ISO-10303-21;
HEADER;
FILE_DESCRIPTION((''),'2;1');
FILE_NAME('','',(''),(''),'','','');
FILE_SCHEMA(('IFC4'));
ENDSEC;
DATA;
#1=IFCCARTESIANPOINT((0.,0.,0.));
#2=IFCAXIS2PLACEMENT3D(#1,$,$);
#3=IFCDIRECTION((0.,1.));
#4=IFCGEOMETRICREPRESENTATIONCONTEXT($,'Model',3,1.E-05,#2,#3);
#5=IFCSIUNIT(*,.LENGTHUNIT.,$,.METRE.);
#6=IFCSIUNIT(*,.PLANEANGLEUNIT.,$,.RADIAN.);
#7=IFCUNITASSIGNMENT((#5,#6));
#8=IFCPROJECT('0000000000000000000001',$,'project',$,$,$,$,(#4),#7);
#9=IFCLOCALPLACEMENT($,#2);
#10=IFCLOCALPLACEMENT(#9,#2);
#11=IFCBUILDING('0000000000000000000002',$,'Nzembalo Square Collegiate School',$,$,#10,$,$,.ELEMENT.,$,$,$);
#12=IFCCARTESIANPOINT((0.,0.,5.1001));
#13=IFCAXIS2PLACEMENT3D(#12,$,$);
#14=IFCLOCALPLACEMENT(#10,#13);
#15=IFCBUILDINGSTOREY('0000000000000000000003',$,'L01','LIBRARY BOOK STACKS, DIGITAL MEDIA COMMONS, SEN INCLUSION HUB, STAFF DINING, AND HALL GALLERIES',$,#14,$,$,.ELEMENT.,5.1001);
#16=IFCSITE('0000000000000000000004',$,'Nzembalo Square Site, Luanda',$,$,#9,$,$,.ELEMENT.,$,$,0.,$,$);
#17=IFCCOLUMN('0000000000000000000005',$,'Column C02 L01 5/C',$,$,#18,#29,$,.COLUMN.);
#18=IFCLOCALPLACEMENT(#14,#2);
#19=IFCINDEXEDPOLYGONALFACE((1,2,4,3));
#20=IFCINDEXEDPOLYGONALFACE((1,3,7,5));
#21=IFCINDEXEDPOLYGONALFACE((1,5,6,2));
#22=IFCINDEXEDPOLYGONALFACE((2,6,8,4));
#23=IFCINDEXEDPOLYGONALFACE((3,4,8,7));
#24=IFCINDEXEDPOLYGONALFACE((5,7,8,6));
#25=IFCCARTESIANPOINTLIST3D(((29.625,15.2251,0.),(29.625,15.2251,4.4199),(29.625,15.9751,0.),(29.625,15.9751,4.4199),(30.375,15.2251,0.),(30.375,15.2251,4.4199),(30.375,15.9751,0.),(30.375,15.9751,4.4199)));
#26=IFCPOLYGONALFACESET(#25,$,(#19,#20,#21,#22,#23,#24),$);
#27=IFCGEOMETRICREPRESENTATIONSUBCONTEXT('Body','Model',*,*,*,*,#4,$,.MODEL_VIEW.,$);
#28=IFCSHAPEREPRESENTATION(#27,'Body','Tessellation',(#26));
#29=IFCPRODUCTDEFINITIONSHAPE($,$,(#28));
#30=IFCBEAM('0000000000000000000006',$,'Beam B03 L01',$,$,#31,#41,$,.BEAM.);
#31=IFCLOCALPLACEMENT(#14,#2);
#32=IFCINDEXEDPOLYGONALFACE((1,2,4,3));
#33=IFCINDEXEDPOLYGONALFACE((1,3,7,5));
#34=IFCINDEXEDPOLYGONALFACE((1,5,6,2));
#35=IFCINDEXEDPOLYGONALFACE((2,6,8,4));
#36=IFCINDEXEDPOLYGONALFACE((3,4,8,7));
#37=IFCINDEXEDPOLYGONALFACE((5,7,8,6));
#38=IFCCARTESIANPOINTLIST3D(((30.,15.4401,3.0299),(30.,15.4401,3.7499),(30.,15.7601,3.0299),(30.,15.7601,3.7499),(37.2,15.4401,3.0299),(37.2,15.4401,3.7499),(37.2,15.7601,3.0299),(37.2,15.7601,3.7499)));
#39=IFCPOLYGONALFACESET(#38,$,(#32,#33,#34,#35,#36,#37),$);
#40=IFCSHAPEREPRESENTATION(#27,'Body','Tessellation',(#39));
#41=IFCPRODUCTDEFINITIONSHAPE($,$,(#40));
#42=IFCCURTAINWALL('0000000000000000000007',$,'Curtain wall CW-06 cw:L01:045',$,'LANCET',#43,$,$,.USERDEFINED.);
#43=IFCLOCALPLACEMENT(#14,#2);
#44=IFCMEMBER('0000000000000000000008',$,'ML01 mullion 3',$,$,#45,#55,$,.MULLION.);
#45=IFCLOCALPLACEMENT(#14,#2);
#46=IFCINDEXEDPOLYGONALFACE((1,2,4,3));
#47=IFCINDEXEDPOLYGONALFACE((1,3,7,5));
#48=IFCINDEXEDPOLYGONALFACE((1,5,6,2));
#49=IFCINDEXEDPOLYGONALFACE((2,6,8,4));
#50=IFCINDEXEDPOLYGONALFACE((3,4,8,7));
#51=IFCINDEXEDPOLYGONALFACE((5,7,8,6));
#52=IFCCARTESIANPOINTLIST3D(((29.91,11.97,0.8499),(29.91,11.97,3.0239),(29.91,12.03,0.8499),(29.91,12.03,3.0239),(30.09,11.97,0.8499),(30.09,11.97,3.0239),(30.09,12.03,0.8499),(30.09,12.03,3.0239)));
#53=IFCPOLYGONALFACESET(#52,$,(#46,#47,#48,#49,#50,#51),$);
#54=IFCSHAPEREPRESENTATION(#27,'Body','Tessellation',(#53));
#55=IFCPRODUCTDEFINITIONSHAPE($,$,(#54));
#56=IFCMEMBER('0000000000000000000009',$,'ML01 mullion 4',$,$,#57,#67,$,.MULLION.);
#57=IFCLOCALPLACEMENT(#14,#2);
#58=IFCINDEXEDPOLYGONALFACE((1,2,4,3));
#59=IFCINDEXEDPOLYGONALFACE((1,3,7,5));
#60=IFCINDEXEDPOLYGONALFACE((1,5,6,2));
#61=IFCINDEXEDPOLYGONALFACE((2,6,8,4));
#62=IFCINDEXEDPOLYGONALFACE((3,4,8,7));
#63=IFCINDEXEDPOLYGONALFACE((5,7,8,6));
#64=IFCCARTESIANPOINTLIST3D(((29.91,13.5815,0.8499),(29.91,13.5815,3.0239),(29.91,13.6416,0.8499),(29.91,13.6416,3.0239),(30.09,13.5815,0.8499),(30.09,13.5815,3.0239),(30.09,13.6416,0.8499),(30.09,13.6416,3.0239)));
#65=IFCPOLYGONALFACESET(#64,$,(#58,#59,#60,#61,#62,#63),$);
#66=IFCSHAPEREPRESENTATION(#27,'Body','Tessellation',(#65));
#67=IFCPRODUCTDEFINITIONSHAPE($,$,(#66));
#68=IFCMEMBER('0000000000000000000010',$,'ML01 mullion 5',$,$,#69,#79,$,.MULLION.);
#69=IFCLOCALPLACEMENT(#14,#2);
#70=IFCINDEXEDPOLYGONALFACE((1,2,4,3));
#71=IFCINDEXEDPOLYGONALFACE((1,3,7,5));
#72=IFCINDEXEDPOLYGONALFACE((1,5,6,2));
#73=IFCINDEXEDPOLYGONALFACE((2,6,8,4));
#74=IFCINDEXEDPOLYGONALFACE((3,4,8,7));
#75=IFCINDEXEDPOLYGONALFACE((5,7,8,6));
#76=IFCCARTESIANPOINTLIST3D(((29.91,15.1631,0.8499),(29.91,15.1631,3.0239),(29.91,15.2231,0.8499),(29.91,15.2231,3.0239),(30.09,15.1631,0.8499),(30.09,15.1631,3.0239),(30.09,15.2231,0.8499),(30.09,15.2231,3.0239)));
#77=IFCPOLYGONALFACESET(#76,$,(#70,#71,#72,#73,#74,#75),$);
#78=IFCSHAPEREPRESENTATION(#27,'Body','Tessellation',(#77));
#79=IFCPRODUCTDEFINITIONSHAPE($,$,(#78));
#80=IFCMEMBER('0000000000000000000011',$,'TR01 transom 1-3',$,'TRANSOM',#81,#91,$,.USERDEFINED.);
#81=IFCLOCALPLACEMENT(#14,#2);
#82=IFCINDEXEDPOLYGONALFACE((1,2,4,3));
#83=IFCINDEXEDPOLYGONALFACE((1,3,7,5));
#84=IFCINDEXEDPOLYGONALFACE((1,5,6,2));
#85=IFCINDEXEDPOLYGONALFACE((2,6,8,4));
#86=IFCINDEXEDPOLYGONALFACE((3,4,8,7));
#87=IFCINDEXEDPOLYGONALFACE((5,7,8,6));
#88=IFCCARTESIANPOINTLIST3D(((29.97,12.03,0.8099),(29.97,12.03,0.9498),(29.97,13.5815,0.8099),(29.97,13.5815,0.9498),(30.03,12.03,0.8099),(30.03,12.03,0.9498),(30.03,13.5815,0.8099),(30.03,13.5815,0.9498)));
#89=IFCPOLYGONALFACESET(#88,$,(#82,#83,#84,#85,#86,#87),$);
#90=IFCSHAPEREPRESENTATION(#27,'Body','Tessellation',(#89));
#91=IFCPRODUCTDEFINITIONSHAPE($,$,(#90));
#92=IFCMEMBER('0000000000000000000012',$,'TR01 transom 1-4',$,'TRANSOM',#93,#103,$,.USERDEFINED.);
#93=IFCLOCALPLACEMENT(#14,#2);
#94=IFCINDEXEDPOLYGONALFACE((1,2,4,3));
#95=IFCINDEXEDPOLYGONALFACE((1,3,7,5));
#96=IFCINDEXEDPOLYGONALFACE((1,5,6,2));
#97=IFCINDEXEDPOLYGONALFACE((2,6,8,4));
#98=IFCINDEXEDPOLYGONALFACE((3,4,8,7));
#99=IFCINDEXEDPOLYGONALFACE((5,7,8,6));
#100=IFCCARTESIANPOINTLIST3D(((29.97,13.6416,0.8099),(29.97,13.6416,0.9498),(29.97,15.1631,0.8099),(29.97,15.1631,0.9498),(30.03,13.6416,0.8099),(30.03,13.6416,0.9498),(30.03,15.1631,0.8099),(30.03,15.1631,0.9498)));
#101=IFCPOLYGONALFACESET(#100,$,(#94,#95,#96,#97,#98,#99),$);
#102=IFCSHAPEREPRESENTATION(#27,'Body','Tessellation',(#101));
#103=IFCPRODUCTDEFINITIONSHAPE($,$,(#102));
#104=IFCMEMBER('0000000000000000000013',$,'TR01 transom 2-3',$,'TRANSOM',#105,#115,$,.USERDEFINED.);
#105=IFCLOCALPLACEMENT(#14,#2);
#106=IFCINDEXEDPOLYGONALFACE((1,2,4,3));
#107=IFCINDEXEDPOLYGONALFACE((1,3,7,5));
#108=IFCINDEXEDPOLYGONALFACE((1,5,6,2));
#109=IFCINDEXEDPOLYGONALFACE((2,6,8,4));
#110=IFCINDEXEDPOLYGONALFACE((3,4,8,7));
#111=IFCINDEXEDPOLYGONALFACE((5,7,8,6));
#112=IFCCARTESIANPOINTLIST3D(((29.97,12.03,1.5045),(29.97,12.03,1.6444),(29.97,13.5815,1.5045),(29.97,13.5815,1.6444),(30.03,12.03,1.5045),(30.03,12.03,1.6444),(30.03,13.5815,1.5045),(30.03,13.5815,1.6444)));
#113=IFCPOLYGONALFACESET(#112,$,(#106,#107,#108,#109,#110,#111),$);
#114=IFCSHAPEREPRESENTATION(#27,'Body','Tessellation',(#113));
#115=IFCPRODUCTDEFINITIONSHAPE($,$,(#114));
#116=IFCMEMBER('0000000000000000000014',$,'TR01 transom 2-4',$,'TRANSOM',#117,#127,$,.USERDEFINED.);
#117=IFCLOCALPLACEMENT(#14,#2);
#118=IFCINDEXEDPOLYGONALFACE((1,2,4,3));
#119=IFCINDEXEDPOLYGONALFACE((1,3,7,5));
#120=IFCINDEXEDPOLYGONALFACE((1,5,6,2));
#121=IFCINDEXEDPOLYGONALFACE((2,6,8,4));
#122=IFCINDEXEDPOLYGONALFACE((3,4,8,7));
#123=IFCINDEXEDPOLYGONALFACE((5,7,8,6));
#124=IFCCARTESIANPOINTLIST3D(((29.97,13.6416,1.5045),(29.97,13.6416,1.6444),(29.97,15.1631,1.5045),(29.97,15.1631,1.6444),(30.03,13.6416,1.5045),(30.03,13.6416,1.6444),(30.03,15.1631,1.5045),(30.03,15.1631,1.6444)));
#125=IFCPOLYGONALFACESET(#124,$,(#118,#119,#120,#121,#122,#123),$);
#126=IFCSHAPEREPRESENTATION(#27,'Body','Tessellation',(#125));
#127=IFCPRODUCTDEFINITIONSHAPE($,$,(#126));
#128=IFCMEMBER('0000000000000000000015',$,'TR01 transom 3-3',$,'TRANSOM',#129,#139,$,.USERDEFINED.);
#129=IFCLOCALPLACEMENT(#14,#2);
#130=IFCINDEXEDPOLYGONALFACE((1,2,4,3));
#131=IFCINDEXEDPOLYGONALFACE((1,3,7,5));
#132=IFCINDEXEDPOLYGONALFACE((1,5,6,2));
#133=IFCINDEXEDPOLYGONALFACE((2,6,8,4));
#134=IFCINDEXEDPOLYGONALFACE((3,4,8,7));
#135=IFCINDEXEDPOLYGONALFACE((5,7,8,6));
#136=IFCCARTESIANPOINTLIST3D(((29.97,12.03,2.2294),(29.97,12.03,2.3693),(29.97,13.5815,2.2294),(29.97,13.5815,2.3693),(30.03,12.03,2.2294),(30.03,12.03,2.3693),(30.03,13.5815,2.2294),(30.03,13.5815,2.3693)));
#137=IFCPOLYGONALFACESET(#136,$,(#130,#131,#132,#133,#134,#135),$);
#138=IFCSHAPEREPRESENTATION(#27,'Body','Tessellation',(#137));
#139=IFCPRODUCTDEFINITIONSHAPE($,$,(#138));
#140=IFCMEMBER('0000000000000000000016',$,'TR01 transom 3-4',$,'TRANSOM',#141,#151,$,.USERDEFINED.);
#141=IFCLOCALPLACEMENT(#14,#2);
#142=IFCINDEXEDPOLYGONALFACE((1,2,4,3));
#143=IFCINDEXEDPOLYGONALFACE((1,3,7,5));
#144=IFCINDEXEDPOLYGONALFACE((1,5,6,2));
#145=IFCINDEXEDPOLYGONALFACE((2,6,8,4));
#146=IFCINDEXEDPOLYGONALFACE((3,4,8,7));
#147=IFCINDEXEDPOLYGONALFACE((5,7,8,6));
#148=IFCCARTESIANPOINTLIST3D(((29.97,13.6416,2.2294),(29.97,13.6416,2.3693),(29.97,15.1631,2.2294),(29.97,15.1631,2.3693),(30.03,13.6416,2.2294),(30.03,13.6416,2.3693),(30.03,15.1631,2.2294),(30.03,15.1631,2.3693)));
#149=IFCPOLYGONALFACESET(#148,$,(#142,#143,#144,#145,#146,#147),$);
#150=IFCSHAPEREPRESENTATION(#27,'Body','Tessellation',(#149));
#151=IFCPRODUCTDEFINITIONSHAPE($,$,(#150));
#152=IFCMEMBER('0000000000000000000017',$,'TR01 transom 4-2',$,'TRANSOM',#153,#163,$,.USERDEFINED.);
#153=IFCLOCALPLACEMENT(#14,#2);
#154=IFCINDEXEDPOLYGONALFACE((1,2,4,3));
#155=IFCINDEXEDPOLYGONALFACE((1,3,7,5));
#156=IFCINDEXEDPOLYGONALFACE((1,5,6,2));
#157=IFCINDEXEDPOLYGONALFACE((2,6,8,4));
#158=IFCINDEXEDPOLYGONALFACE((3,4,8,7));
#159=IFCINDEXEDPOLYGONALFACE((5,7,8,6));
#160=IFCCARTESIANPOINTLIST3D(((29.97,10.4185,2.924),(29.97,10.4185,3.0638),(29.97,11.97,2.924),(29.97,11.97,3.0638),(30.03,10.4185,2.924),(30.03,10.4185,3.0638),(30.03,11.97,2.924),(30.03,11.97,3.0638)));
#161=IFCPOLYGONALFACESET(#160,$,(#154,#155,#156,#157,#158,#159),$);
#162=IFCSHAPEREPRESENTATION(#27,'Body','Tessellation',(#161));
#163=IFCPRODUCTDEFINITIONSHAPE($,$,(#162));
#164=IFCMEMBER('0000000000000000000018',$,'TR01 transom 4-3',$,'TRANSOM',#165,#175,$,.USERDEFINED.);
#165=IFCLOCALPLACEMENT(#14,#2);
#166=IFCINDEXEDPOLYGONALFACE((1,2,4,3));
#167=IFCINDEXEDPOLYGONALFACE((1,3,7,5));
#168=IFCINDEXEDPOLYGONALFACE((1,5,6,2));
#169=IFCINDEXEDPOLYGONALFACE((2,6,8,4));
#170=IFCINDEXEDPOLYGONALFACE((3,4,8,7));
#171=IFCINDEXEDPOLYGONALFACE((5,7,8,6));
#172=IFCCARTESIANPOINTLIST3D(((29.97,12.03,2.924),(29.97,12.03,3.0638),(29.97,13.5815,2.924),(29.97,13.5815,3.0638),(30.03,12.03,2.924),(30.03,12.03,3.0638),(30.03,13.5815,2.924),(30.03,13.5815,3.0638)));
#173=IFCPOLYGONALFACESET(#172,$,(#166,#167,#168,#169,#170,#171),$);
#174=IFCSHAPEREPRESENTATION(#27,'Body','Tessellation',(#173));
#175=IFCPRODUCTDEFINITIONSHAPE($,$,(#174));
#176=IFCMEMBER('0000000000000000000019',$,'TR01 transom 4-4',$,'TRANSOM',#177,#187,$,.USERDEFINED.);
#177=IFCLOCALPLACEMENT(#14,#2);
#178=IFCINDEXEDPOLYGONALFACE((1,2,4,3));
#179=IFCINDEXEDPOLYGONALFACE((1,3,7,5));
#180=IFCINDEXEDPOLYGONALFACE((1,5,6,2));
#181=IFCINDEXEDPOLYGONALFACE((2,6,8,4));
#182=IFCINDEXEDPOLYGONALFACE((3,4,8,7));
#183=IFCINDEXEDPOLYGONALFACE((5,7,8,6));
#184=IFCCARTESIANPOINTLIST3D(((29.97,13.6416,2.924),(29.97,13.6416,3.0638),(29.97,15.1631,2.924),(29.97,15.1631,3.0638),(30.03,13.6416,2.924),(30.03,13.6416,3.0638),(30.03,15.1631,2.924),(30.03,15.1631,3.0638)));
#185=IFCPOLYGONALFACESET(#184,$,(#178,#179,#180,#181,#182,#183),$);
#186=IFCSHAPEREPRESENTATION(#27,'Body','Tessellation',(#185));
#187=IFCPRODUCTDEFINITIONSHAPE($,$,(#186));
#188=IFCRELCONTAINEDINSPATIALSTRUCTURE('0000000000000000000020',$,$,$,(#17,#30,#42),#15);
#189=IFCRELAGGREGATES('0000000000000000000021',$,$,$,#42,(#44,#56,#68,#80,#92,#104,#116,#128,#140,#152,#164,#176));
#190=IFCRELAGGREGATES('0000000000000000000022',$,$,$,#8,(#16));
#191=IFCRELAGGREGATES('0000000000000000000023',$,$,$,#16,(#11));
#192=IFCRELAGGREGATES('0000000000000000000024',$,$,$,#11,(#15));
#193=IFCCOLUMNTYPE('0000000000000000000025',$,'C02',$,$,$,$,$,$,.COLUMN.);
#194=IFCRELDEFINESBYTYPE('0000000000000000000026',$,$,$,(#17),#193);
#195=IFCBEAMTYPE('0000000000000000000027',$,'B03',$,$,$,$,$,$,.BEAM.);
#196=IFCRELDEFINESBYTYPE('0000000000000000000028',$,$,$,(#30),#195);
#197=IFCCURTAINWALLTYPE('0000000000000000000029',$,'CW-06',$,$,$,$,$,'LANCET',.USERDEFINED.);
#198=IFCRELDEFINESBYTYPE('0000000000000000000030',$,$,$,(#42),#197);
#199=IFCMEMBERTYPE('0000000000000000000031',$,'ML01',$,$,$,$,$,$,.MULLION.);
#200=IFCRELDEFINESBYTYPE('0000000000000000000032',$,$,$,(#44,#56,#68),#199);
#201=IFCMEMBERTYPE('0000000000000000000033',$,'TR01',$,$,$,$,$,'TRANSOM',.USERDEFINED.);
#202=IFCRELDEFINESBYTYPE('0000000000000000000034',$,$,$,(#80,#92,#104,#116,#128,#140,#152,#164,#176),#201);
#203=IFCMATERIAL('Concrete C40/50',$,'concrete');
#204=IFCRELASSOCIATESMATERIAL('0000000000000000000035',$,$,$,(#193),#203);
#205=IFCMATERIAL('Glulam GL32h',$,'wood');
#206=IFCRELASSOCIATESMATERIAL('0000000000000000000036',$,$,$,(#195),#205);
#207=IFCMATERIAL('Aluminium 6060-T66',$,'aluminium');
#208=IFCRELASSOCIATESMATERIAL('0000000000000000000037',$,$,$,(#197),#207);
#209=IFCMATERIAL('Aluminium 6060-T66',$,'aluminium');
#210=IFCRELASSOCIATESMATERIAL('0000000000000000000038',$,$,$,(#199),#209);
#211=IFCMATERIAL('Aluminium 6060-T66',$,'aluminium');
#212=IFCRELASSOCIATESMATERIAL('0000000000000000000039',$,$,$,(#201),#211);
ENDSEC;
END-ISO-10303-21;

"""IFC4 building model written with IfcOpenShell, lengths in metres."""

from ifc_helpers import new_model, si_unit, direction, frame, origin, origin_2d, place, context, subcontext, project, spatial, rectangle, extrude, material, material_profile, profile_set, type_object, element, aggregate, save


model = new_model("IFC4")

# Units and contexts
model_context = context("Model", 3, precision=1e-05, world=origin(), true_north=direction((0.0, 1.0)))
body_context = subcontext(model_context, "Body", "Model", "MODEL_VIEW")
ifc_project = project(units=[si_unit("LENGTHUNIT", "METRE"), si_unit("PLANEANGLEUNIT", "RADIAN")], contexts=[model_context])

# Site, building, storey
site_placement = place(None, origin())
site = spatial("IfcSite", under=ifc_project, at=site_placement, Name="Nzembalo Square Site, Luanda", CompositionType="ELEMENT", RefElevation=0.0)
building_placement = place(site_placement, origin())
building = spatial("IfcBuilding", under=site, at=building_placement, Name="Nzembalo Square Collegiate School", CompositionType="ELEMENT")
storey_placement = place(building_placement, frame((0.0, 0.0, 5.1001)))
storey = spatial("IfcBuildingStorey", under=building, at=storey_placement, Name="L01", Description="LIBRARY BOOK STACKS, DIGITAL MEDIA COMMONS, SEN INCLUSION HUB, STAFF DINING, AND HALL GALLERIES", CompositionType="ELEMENT", Elevation=5.1001)

# Column
ifc_material_1 = material(Name="Concrete C40/50", Category="concrete")
ifc_material_profile_1 = material_profile(ifc_material_1, rectangle(XDim=0.75, YDim=0.75, at=origin_2d()), Name="RC 750x750")
ifc_profile_set_1 = profile_set([ifc_material_profile_1], Name="Concrete C40/50")
column_type = type_object("IfcColumnType", Name="C02", PredefinedType="COLUMN", material=ifc_profile_set_1)
column_placement = place(storey_placement, frame((30.0, 15.6001, 0.0), z_axis=(0.0, 0.0, 1.0), x_axis=(1.0, 0.0, 0.0)))
element("IfcColumn", 1, at=column_placement, inside=storey, type_object=column_type, Name="Column C02 L01 5/C", PredefinedType="COLUMN", context=body_context, shape_type="SweptSolid", body=[
    extrude(rectangle(XDim=0.75, YDim=0.75, at=origin_2d()), origin(), (0.0, 0.0, 1.0), 4.4199),
])

# Beam
ifc_material_2 = material(Name="Glulam GL32h", Category="wood")
ifc_material_profile_2 = material_profile(ifc_material_2, rectangle(XDim=0.3201, YDim=0.72, at=origin_2d()), Name="GL32h 320x720")
ifc_profile_set_2 = profile_set([ifc_material_profile_2], Name="Glulam GL32h")
beam_type = type_object("IfcBeamType", Name="B03", PredefinedType="BEAM", material=ifc_profile_set_2)
beam_placement = place(storey_placement, frame((30.0, 15.6001, 3.3899), z_axis=(1.0, 0.0, 0.0), x_axis=(0.0, 1.0, 0.0)))
element("IfcBeam", 2, at=beam_placement, inside=storey, type_object=beam_type, Name="Beam B03 L01", PredefinedType="BEAM", context=body_context, shape_type="SweptSolid", body=[
    extrude(rectangle(XDim=0.3201, YDim=0.72, at=origin_2d()), origin(), (0.0, 0.0, 1.0), 7.2),
])

# Curtain wall, members
ifc_material_3 = material(Name="Aluminium 6060-T66", Category="aluminium")
curtain_wall_type = type_object("IfcCurtainWallType", Name="CW-06", ElementType="LANCET", PredefinedType="USERDEFINED", material=ifc_material_3)
curtain_wall_placement = place(storey_placement, origin())
curtain_wall = element("IfcCurtainWall", 3, at=curtain_wall_placement, inside=storey, type_object=curtain_wall_type, Name="Curtain wall CW-06 cw:L01:045", ObjectType="LANCET", PredefinedType="USERDEFINED")
ifc_material_4 = material(Name="Aluminium 6060-T66", Category="aluminium")
ifc_material_profile_3 = material_profile(ifc_material_4, rectangle(XDim=0.0601, YDim=0.1799, at=origin_2d()), Name="ALU M60x180")
ifc_profile_set_3 = profile_set([ifc_material_profile_3], Name="Aluminium 6060-T66")
member_type_1 = type_object("IfcMemberType", Name="ML01", PredefinedType="MULLION", material=ifc_profile_set_3)
member_1_placement = place(storey_placement, frame((30.0, 12.0, 0.8499), z_axis=(0.0, 0.0, 1.0), x_axis=(0.0, 1.0, 0.0)))
member_1 = element("IfcMember", 4, at=member_1_placement, type_object=member_type_1, Name="ML01 mullion 3", PredefinedType="MULLION", context=body_context, shape_type="SweptSolid", body=[
    extrude(rectangle(XDim=0.0601, YDim=0.1799, at=origin_2d()), origin(), (0.0, 0.0, 1.0), 2.1741),
])
member_2_placement = place(storey_placement, frame((30.0, 13.6116, 0.8499), z_axis=(0.0, 0.0, 1.0), x_axis=(0.0, 1.0, 0.0)))
member_2 = element("IfcMember", 5, at=member_2_placement, type_object=member_type_1, Name="ML01 mullion 4", PredefinedType="MULLION", context=body_context, shape_type="SweptSolid", body=[
    extrude(rectangle(XDim=0.0601, YDim=0.1799, at=origin_2d()), origin(), (0.0, 0.0, 1.0), 2.1741),
])
member_3_placement = place(storey_placement, frame((30.0, 15.1931, 0.8499), z_axis=(0.0, 0.0, 1.0), x_axis=(0.0, 1.0, 0.0)))
member_3 = element("IfcMember", 6, at=member_3_placement, type_object=member_type_1, Name="ML01 mullion 5", PredefinedType="MULLION", context=body_context, shape_type="SweptSolid", body=[
    extrude(rectangle(XDim=0.0601, YDim=0.1799, at=origin_2d()), origin(), (0.0, 0.0, 1.0), 2.1741),
])
ifc_material_5 = material(Name="Aluminium 6060-T66", Category="aluminium")
ifc_material_profile_4 = material_profile(ifc_material_5, rectangle(XDim=0.0601, YDim=0.1399, at=origin_2d()), Name="ALU T60x140")
ifc_profile_set_4 = profile_set([ifc_material_profile_4], Name="Aluminium 6060-T66")
member_type_2 = type_object("IfcMemberType", Name="TR01", ElementType="TRANSOM", PredefinedType="USERDEFINED", material=ifc_profile_set_4)
member_4_placement = place(storey_placement, frame((30.0, 12.03, 0.8799), z_axis=(0.0, 1.0, 0.0), x_axis=(-1.0, 0.0, 0.0)))
member_4 = element("IfcMember", 7, at=member_4_placement, type_object=member_type_2, Name="TR01 transom 1-3", ObjectType="TRANSOM", PredefinedType="USERDEFINED", context=body_context, shape_type="SweptSolid", body=[
    extrude(rectangle(XDim=0.0601, YDim=0.1399, at=origin_2d()), origin(), (0.0, 0.0, 1.0), 1.5515),
])
member_5_placement = place(storey_placement, frame((30.0, 13.6416, 0.8799), z_axis=(0.0, 1.0, 0.0), x_axis=(-1.0, 0.0, 0.0)))
member_5 = element("IfcMember", 8, at=member_5_placement, type_object=member_type_2, Name="TR01 transom 1-4", ObjectType="TRANSOM", PredefinedType="USERDEFINED", context=body_context, shape_type="SweptSolid", body=[
    extrude(rectangle(XDim=0.0601, YDim=0.1399, at=origin_2d()), origin(), (0.0, 0.0, 1.0), 1.5215),
])
member_6_placement = place(storey_placement, frame((30.0, 12.03, 1.5745), z_axis=(0.0, 1.0, 0.0), x_axis=(-1.0, 0.0, 0.0)))
member_6 = element("IfcMember", 9, at=member_6_placement, type_object=member_type_2, Name="TR01 transom 2-3", ObjectType="TRANSOM", PredefinedType="USERDEFINED", context=body_context, shape_type="SweptSolid", body=[
    extrude(rectangle(XDim=0.0601, YDim=0.1399, at=origin_2d()), origin(), (0.0, 0.0, 1.0), 1.5515),
])
member_7_placement = place(storey_placement, frame((30.0, 13.6416, 1.5745), z_axis=(0.0, 1.0, 0.0), x_axis=(-1.0, 0.0, 0.0)))
member_7 = element("IfcMember", 10, at=member_7_placement, type_object=member_type_2, Name="TR01 transom 2-4", ObjectType="TRANSOM", PredefinedType="USERDEFINED", context=body_context, shape_type="SweptSolid", body=[
    extrude(rectangle(XDim=0.0601, YDim=0.1399, at=origin_2d()), origin(), (0.0, 0.0, 1.0), 1.5215),
])
member_8_placement = place(storey_placement, frame((30.0, 12.03, 2.2993), z_axis=(0.0, 1.0, 0.0), x_axis=(-1.0, 0.0, 0.0)))
member_8 = element("IfcMember", 11, at=member_8_placement, type_object=member_type_2, Name="TR01 transom 3-3", ObjectType="TRANSOM", PredefinedType="USERDEFINED", context=body_context, shape_type="SweptSolid", body=[
    extrude(rectangle(XDim=0.0601, YDim=0.1399, at=origin_2d()), origin(), (0.0, 0.0, 1.0), 1.5515),
])
member_9_placement = place(storey_placement, frame((30.0, 13.6416, 2.2993), z_axis=(0.0, 1.0, 0.0), x_axis=(-1.0, 0.0, 0.0)))
member_9 = element("IfcMember", 12, at=member_9_placement, type_object=member_type_2, Name="TR01 transom 3-4", ObjectType="TRANSOM", PredefinedType="USERDEFINED", context=body_context, shape_type="SweptSolid", body=[
    extrude(rectangle(XDim=0.0601, YDim=0.1399, at=origin_2d()), origin(), (0.0, 0.0, 1.0), 1.5215),
])
member_10_placement = place(storey_placement, frame((30.0, 10.4185, 2.9939), z_axis=(0.0, 1.0, 0.0), x_axis=(-1.0, 0.0, 0.0)))
member_10 = element("IfcMember", 13, at=member_10_placement, type_object=member_type_2, Name="TR01 transom 4-2", ObjectType="TRANSOM", PredefinedType="USERDEFINED", context=body_context, shape_type="SweptSolid", body=[
    extrude(rectangle(XDim=0.0601, YDim=0.1399, at=origin_2d()), origin(), (0.0, 0.0, 1.0), 1.5515),
])
member_11_placement = place(storey_placement, frame((30.0, 12.03, 2.9939), z_axis=(0.0, 1.0, 0.0), x_axis=(-1.0, 0.0, 0.0)))
member_11 = element("IfcMember", 14, at=member_11_placement, type_object=member_type_2, Name="TR01 transom 4-3", ObjectType="TRANSOM", PredefinedType="USERDEFINED", context=body_context, shape_type="SweptSolid", body=[
    extrude(rectangle(XDim=0.0601, YDim=0.1399, at=origin_2d()), origin(), (0.0, 0.0, 1.0), 1.5515),
])
member_12_placement = place(storey_placement, frame((30.0, 13.6416, 2.9939), z_axis=(0.0, 1.0, 0.0), x_axis=(-1.0, 0.0, 0.0)))
member_12 = element("IfcMember", 15, at=member_12_placement, type_object=member_type_2, Name="TR01 transom 4-4", ObjectType="TRANSOM", PredefinedType="USERDEFINED", context=body_context, shape_type="SweptSolid", body=[
    extrude(rectangle(XDim=0.0601, YDim=0.1399, at=origin_2d()), origin(), (0.0, 0.0, 1.0), 1.5215),
])

aggregate(curtain_wall, [member_1, member_2, member_3, member_4, member_5, member_6, member_7, member_8, member_9, member_10, member_11, member_12])

save(model, "model.ifc")
